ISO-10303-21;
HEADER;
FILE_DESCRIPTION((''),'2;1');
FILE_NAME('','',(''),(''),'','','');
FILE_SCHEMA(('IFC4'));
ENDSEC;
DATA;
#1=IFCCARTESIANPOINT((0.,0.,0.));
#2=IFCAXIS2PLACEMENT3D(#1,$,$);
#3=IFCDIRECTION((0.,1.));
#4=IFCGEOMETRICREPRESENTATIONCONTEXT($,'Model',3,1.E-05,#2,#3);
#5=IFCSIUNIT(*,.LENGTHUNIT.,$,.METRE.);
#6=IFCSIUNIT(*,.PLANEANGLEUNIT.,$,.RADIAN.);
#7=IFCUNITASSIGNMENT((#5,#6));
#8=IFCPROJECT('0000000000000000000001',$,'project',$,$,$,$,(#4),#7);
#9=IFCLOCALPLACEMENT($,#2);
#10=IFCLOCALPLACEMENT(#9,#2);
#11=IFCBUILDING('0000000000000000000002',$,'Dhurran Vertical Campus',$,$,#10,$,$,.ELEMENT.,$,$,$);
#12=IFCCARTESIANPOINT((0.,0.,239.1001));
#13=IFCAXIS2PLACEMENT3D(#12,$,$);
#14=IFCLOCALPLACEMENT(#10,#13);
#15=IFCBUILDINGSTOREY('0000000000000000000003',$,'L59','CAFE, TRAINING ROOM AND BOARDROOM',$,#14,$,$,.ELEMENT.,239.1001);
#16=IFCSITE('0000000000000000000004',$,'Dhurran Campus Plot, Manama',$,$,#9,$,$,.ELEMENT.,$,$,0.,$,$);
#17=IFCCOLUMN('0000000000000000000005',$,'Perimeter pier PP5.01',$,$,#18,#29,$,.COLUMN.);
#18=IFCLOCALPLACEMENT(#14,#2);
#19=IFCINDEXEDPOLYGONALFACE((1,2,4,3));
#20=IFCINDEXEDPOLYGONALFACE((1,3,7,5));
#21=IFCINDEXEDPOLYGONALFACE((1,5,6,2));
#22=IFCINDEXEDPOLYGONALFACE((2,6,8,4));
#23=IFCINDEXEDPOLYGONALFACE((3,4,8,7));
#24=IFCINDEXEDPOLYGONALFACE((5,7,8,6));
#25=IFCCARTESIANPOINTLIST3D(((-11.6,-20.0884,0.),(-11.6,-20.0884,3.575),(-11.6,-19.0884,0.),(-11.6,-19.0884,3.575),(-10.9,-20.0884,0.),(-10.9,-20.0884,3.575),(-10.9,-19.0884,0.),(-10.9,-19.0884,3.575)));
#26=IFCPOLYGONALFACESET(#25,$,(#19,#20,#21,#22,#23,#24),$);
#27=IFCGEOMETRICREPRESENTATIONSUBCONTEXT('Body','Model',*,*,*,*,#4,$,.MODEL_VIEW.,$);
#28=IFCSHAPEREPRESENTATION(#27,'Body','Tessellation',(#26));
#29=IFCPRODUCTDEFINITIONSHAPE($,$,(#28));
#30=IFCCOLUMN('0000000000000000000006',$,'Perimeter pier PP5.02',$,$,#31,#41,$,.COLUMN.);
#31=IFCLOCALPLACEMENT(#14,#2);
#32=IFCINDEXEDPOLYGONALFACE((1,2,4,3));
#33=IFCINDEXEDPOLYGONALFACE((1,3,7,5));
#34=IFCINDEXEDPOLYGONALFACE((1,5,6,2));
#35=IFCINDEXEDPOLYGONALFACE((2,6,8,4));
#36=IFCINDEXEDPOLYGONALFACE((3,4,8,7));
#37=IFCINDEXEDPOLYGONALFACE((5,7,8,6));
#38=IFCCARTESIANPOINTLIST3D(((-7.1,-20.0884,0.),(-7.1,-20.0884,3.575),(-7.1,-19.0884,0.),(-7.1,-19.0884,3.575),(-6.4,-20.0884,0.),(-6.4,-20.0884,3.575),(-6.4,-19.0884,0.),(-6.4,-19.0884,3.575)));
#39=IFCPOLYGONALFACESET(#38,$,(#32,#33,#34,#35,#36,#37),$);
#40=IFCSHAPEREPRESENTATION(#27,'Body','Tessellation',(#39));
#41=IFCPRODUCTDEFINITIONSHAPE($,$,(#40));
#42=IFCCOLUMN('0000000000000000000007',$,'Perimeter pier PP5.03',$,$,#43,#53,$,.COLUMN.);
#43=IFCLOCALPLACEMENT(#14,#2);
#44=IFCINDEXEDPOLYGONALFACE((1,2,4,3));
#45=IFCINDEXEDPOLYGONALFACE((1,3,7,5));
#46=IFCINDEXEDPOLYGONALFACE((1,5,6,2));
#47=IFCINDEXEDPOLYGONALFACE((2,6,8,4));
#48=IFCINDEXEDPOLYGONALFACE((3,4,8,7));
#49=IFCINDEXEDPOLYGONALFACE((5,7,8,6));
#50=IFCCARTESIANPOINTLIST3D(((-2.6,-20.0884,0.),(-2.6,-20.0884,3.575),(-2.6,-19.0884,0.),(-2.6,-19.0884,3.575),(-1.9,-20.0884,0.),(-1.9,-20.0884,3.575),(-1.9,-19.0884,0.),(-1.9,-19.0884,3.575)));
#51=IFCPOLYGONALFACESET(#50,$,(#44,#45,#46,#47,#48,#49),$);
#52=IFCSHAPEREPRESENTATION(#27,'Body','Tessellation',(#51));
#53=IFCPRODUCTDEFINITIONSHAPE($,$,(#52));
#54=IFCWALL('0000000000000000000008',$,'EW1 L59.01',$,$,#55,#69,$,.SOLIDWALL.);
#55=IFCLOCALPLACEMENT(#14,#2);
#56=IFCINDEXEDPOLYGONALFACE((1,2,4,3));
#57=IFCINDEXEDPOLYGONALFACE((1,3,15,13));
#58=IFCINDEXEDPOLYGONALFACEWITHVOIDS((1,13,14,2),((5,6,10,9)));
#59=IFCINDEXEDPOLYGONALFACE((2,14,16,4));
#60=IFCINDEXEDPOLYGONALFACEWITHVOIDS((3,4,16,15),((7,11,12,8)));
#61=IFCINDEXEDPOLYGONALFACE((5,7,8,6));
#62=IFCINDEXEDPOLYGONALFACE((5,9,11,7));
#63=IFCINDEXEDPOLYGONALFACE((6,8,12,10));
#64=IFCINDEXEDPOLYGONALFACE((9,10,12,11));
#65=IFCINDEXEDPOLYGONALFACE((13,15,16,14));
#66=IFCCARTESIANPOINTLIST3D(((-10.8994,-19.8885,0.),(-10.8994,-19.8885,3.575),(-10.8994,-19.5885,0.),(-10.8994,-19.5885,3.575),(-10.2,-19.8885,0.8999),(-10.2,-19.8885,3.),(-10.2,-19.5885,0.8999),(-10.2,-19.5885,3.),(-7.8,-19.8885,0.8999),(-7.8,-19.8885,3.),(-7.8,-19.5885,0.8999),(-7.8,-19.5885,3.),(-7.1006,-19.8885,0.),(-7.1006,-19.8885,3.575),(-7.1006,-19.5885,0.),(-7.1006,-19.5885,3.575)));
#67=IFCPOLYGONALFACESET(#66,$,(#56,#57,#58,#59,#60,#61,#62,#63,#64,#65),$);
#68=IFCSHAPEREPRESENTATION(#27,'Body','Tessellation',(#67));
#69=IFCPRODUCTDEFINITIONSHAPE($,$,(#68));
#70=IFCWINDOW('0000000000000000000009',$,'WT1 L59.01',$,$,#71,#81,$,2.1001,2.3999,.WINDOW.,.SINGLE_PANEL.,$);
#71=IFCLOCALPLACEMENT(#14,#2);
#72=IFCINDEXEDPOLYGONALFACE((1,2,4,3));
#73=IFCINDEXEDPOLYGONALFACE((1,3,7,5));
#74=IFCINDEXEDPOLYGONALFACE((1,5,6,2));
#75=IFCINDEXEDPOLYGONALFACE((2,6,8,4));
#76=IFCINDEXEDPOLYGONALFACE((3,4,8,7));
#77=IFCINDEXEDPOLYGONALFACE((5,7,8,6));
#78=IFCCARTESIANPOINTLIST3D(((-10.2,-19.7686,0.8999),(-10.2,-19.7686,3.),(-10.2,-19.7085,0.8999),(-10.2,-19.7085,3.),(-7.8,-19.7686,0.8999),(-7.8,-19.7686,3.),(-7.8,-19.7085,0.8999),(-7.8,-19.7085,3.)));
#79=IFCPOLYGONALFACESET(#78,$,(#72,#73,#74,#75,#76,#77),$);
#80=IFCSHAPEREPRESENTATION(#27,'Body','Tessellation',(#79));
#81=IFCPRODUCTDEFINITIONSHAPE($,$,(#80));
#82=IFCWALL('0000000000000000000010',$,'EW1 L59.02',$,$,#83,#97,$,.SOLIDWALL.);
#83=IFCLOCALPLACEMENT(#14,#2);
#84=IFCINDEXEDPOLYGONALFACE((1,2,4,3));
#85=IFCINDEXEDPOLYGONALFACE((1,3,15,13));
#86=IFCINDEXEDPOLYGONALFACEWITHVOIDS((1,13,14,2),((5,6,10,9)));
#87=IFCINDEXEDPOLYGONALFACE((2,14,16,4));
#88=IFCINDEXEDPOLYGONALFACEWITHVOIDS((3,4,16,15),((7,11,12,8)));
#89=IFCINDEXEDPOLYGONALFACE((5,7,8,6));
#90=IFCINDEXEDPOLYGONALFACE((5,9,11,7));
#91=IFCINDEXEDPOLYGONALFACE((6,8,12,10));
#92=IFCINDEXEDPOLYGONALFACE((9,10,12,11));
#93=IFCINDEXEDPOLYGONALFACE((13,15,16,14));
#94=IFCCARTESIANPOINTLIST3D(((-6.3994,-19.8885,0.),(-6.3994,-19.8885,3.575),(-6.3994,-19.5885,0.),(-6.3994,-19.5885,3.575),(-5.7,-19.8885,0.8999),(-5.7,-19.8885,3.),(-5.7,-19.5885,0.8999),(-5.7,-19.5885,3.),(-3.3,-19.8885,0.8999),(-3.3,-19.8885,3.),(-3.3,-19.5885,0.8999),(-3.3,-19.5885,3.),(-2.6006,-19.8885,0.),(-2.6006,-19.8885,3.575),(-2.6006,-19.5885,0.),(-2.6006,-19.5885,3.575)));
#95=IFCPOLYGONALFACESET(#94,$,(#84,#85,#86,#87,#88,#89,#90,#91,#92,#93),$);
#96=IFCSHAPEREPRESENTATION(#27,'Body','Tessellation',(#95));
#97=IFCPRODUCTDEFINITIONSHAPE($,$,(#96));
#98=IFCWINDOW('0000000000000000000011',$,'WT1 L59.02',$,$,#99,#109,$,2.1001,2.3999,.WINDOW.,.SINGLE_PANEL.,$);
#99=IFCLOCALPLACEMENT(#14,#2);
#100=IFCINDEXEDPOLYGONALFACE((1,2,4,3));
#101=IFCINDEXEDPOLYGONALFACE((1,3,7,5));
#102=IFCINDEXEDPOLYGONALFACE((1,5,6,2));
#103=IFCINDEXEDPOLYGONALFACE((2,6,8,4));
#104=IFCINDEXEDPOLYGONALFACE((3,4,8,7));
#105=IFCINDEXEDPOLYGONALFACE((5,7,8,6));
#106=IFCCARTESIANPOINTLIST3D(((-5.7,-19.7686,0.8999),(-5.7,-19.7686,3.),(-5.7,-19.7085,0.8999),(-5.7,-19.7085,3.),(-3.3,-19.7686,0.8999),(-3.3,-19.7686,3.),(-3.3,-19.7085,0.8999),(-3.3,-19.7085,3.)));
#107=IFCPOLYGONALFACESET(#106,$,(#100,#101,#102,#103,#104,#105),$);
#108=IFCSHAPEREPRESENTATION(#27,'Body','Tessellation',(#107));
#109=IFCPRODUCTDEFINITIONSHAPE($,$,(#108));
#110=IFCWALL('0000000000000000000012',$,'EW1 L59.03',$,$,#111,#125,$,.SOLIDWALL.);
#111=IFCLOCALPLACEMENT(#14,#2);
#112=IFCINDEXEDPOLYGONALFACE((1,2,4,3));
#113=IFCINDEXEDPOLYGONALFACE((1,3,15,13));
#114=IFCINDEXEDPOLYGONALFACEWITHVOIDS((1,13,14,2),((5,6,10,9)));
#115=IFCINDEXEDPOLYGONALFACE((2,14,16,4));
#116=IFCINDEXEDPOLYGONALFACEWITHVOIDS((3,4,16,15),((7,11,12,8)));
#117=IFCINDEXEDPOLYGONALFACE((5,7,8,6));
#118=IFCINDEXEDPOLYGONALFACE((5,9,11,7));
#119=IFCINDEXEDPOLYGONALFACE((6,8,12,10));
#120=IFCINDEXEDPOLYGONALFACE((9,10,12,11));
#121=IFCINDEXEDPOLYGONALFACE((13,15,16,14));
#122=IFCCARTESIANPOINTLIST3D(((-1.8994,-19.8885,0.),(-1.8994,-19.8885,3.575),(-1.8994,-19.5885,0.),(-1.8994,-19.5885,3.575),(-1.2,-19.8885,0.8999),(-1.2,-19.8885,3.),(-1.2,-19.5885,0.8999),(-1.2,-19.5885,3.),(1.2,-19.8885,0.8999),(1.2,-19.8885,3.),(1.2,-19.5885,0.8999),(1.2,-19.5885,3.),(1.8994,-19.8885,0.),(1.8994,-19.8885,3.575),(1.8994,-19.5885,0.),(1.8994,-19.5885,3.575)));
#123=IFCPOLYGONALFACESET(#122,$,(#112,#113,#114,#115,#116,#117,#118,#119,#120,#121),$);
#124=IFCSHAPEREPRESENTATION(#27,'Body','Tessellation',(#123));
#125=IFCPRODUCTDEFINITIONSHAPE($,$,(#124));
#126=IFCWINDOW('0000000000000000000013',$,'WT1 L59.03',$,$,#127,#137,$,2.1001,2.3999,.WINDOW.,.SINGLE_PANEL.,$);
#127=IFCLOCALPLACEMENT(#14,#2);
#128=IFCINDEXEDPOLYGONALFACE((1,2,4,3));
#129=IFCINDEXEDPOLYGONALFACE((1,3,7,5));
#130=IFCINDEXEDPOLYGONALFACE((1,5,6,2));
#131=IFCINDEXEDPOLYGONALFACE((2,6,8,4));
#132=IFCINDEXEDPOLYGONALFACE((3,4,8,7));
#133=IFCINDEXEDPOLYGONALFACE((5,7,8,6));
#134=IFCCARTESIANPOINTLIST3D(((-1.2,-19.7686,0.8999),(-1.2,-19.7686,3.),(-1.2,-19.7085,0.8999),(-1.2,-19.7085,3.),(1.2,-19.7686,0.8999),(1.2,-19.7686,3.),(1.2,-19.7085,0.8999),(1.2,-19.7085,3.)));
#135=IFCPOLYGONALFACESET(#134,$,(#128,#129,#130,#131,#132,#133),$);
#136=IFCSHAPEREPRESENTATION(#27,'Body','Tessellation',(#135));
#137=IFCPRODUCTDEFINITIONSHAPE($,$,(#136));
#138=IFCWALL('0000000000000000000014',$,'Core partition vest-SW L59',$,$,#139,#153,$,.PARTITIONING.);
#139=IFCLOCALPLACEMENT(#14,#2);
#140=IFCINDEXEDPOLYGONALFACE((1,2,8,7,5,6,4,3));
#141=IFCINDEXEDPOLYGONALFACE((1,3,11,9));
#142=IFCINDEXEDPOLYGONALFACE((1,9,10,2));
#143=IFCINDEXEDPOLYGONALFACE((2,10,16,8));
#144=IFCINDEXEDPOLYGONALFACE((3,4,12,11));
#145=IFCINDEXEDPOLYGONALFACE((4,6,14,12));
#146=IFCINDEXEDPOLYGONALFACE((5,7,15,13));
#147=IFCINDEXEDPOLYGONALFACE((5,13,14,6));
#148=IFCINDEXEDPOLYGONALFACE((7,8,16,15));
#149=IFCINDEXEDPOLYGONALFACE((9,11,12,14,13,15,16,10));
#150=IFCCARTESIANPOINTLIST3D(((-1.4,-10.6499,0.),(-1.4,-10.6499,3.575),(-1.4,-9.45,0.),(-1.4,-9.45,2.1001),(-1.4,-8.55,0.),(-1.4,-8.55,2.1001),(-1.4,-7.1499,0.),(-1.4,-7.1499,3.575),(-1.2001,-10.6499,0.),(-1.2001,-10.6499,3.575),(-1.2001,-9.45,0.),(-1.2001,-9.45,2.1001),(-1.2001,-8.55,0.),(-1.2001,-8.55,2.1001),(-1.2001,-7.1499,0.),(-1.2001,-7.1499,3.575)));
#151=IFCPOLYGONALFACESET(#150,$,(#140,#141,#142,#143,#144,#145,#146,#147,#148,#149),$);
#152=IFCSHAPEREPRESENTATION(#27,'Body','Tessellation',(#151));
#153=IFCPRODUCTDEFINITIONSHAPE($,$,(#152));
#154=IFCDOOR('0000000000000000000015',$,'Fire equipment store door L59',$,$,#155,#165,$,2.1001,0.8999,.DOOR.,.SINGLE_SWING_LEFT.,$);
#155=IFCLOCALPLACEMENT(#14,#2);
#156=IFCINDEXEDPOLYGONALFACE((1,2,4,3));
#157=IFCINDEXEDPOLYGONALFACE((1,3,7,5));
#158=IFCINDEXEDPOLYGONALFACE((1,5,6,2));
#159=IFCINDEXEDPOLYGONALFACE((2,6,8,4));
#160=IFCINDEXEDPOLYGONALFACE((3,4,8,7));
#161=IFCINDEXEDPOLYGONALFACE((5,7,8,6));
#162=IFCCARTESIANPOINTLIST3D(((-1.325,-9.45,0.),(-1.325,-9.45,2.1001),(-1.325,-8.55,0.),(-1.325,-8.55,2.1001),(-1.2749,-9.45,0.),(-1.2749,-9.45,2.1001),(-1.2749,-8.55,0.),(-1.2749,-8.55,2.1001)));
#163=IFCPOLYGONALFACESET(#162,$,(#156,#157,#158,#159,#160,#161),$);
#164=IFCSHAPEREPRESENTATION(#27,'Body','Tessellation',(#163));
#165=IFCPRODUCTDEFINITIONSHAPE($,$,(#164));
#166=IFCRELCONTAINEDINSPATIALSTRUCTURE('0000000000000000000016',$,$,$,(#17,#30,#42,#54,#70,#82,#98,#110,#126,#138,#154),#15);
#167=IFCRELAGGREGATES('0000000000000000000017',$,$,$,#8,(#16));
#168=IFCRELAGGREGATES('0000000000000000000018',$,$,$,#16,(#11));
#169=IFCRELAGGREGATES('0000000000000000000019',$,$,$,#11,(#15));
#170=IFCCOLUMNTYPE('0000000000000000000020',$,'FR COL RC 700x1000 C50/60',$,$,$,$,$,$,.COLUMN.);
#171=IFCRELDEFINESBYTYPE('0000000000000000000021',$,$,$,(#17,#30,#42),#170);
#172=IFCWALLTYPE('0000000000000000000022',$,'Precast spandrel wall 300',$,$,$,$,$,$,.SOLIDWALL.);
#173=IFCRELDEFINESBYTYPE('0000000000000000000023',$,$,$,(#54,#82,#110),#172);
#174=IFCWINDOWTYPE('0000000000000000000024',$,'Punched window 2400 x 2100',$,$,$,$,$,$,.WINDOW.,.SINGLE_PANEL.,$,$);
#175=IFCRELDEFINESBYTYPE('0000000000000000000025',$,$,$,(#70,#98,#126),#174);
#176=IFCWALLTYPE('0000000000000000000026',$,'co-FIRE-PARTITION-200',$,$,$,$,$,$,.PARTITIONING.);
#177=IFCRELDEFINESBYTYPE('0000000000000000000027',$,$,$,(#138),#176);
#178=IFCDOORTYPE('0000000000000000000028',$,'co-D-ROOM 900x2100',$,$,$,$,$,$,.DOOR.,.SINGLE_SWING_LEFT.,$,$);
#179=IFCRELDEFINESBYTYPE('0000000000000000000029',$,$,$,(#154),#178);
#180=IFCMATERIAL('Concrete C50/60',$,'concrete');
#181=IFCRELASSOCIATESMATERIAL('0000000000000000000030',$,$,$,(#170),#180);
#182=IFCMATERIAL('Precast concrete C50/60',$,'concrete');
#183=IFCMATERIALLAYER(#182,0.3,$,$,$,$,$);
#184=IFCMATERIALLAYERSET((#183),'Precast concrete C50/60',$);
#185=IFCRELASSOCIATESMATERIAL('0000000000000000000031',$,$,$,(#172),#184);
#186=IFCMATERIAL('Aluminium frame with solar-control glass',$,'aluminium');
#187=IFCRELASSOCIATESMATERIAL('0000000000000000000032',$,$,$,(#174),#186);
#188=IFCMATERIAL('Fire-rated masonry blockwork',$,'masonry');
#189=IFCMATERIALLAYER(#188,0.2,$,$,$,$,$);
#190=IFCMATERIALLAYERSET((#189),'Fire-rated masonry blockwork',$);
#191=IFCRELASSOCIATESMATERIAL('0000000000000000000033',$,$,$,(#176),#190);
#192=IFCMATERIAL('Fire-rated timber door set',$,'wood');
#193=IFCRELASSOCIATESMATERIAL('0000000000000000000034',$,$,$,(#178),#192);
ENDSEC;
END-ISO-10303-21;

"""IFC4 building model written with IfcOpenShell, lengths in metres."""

from ifc_helpers import new_model, si_unit, direction, frame, frame_2d, origin, origin_2d, place, context, subcontext, project, spatial, rectangle, extrude, material, layer, layer_set, material_profile, profile_set, type_object, element, fill, save


model = new_model("IFC4")

# Units and contexts
model_context = context("Model", 3, precision=1e-05, world=origin(), true_north=direction((0.0, 1.0)))
body_context = subcontext(model_context, "Body", "Model", "MODEL_VIEW")
ifc_project = project(units=[si_unit("LENGTHUNIT", "METRE"), si_unit("PLANEANGLEUNIT", "RADIAN")], contexts=[model_context])

# Site, building, storey
site_placement = place(None, origin())
site = spatial("IfcSite", under=ifc_project, at=site_placement, Name="Dhurran Campus Plot, Manama", CompositionType="ELEMENT", RefElevation=0.0)
building_placement = place(site_placement, origin())
building = spatial("IfcBuilding", under=site, at=building_placement, Name="Dhurran Vertical Campus", CompositionType="ELEMENT")
storey_placement = place(building_placement, frame((0.0, 0.0, 239.1001)))
storey = spatial("IfcBuildingStorey", under=building, at=storey_placement, Name="L59", Description="CAFE, TRAINING ROOM AND BOARDROOM", CompositionType="ELEMENT", Elevation=239.1001)

# Columns
ifc_material_1 = material(Name="Concrete C50/60", Category="concrete")
ifc_material_profile = material_profile(ifc_material_1, rectangle(XDim=0.7, YDim=1.0, at=origin_2d()), Name="RC 700x1000")
ifc_profile_set = profile_set([ifc_material_profile], Name="Concrete C50/60")
column_type = type_object("IfcColumnType", Name="FR COL RC 700x1000 C50/60", PredefinedType="COLUMN", material=ifc_profile_set)
for number, where, z_axis, x_axis, name in (
    (1, (-11.25, -19.5884, 0.0), (0.0, 0.0, 1.0), (1.0, 0.0, 0.0), "Perimeter pier PP5.01"),
    (2, (-6.75, -19.5884, 0.0), (0.0, 0.0, 1.0), (1.0, 0.0, 0.0), "Perimeter pier PP5.02"),
    (3, (-2.25, -19.5884, 0.0), (0.0, 0.0, 1.0), (1.0, 0.0, 0.0), "Perimeter pier PP5.03"),
):
    element("IfcColumn", number, at=place(storey_placement, frame(where, z_axis=z_axis, x_axis=x_axis)), inside=storey, type_object=column_type, Name=name, PredefinedType="COLUMN", context=body_context, shape_type="SweptSolid", body=[
        extrude(rectangle(XDim=0.7, YDim=1.0, at=origin_2d()), origin(), (0.0, 0.0, 1.0), 3.575),
    ])

# Walls, openings, windows
ifc_material_2 = material(Name="Precast concrete C50/60", Category="concrete")
ifc_layer_1 = layer(ifc_material_2, 0.3)
ifc_layer_set_1 = layer_set([ifc_layer_1], Name="Precast concrete C50/60")
wall_type_1 = type_object("IfcWallType", Name="Precast spandrel wall 300", PredefinedType="SOLIDWALL", material=ifc_layer_set_1)
wall_1_placement = place(storey_placement, frame((-10.8994, -19.7385, 0.0), z_axis=(0.0, 0.0, 1.0), x_axis=(1.0, 0.0, 0.0)))
wall_1 = element("IfcWall", 4, at=wall_1_placement, inside=storey, type_object=wall_type_1, Name="EW1 L59.01", PredefinedType="SOLIDWALL", context=body_context, shape_type="SweptSolid", body=[
    extrude(rectangle(XDim=3.7988, YDim=0.3, at=frame_2d((1.8994, 0.0))), origin(), (0.0, 0.0, 1.0), 3.575),
])
opening_1_placement = place(wall_1_placement, frame((0.6995, 0.0, 0.8999)))
opening_1 = element("IfcOpeningElement", 5, at=opening_1_placement, cuts=wall_1, PredefinedType="OPENING", context=body_context, shape_type="SweptSolid", body=[
    extrude(rectangle(XDim=2.3999, YDim=2.1001, at=frame_2d((1.2, 1.05))), frame((0.0, 0.1599, 0.0), z_axis=(0.0, -1.0, 0.0), x_axis=(1.0, 0.0, 0.0)), (0.0, 0.0, 1.0), 0.3201),
])
ifc_material_3 = material(Name="Aluminium frame with solar-control glass", Category="aluminium")
window_type = type_object("IfcWindowType", Name="Punched window 2400 x 2100", PartitioningType="SINGLE_PANEL", PredefinedType="WINDOW", material=ifc_material_3)
window_1_placement = place(opening_1_placement, origin())
window_1 = element("IfcWindow", 6, at=window_1_placement, inside=storey, type_object=window_type, Name="WT1 L59.01", OverallHeight=2.1001, OverallWidth=2.3999, PartitioningType="SINGLE_PANEL", PredefinedType="WINDOW", context=body_context, shape_type="SweptSolid", body=[
    extrude(rectangle(XDim=2.3999, YDim=2.1001, at=frame_2d((1.2, 1.05))), frame((0.0, 0.03, 0.0), z_axis=(0.0, -1.0, 0.0), x_axis=(1.0, 0.0, 0.0)), (0.0, 0.0, 1.0), 0.0601),
])
fill(opening_1, window_1)
wall_2_placement = place(storey_placement, frame((-6.3994, -19.7385, 0.0), z_axis=(0.0, 0.0, 1.0), x_axis=(1.0, 0.0, 0.0)))
wall_2 = element("IfcWall", 7, at=wall_2_placement, inside=storey, type_object=wall_type_1, Name="EW1 L59.02", PredefinedType="SOLIDWALL", context=body_context, shape_type="SweptSolid", body=[
    extrude(rectangle(XDim=3.7988, YDim=0.3, at=frame_2d((1.8994, 0.0))), origin(), (0.0, 0.0, 1.0), 3.575),
])
opening_2_placement = place(wall_2_placement, frame((0.6995, 0.0, 0.8999)))
opening_2 = element("IfcOpeningElement", 8, at=opening_2_placement, cuts=wall_2, PredefinedType="OPENING", context=body_context, shape_type="SweptSolid", body=[
    extrude(rectangle(XDim=2.3999, YDim=2.1001, at=frame_2d((1.2, 1.05))), frame((0.0, 0.1599, 0.0), z_axis=(0.0, -1.0, 0.0), x_axis=(1.0, 0.0, 0.0)), (0.0, 0.0, 1.0), 0.3201),
])
window_2_placement = place(opening_2_placement, origin())
window_2 = element("IfcWindow", 9, at=window_2_placement, inside=storey, type_object=window_type, Name="WT1 L59.02", OverallHeight=2.1001, OverallWidth=2.3999, PartitioningType="SINGLE_PANEL", PredefinedType="WINDOW", context=body_context, shape_type="SweptSolid", body=[
    extrude(rectangle(XDim=2.3999, YDim=2.1001, at=frame_2d((1.2, 1.05))), frame((0.0, 0.03, 0.0), z_axis=(0.0, -1.0, 0.0), x_axis=(1.0, 0.0, 0.0)), (0.0, 0.0, 1.0), 0.0601),
])
fill(opening_2, window_2)
wall_3_placement = place(storey_placement, frame((-1.8994, -19.7385, 0.0), z_axis=(0.0, 0.0, 1.0), x_axis=(1.0, 0.0, 0.0)))
wall_3 = element("IfcWall", 10, at=wall_3_placement, inside=storey, type_object=wall_type_1, Name="EW1 L59.03", PredefinedType="SOLIDWALL", context=body_context, shape_type="SweptSolid", body=[
    extrude(rectangle(XDim=3.7988, YDim=0.3, at=frame_2d((1.8994, 0.0))), origin(), (0.0, 0.0, 1.0), 3.575),
])
opening_3_placement = place(wall_3_placement, frame((0.6995, 0.0, 0.8999)))
opening_3 = element("IfcOpeningElement", 11, at=opening_3_placement, cuts=wall_3, PredefinedType="OPENING", context=body_context, shape_type="SweptSolid", body=[
    extrude(rectangle(XDim=2.3999, YDim=2.1001, at=frame_2d((1.2, 1.05))), frame((0.0, 0.1599, 0.0), z_axis=(0.0, -1.0, 0.0), x_axis=(1.0, 0.0, 0.0)), (0.0, 0.0, 1.0), 0.3201),
])
window_3_placement = place(opening_3_placement, origin())
window_3 = element("IfcWindow", 12, at=window_3_placement, inside=storey, type_object=window_type, Name="WT1 L59.03", OverallHeight=2.1001, OverallWidth=2.3999, PartitioningType="SINGLE_PANEL", PredefinedType="WINDOW", context=body_context, shape_type="SweptSolid", body=[
    extrude(rectangle(XDim=2.3999, YDim=2.1001, at=frame_2d((1.2, 1.05))), frame((0.0, 0.03, 0.0), z_axis=(0.0, -1.0, 0.0), x_axis=(1.0, 0.0, 0.0)), (0.0, 0.0, 1.0), 0.0601),
])
fill(opening_3, window_3)

# Wall, opening, door
ifc_material_4 = material(Name="Fire-rated masonry blockwork", Category="masonry")
ifc_layer_2 = layer(ifc_material_4, 0.2)
ifc_layer_set_2 = layer_set([ifc_layer_2], Name="Fire-rated masonry blockwork")
wall_type_2 = type_object("IfcWallType", Name="co-FIRE-PARTITION-200", PredefinedType="PARTITIONING", material=ifc_layer_set_2)
wall_4_placement = place(storey_placement, frame((-1.3, -10.6499, 0.0), z_axis=(0.0, 0.0, 1.0), x_axis=(0.0, 1.0, 0.0)))
wall_4 = element("IfcWall", 13, at=wall_4_placement, inside=storey, type_object=wall_type_2, Name="Core partition vest-SW L59", PredefinedType="PARTITIONING", context=body_context, shape_type="SweptSolid", body=[
    extrude(rectangle(XDim=3.5, YDim=0.2, at=frame_2d((1.75, 0.0))), origin(), (0.0, 0.0, 1.0), 3.575),
])
opening_4_placement = place(wall_4_placement, frame((1.2, 0.0, 0.0)))
opening_4 = element("IfcOpeningElement", 14, at=opening_4_placement, cuts=wall_4, PredefinedType="OPENING", context=body_context, shape_type="SweptSolid", body=[
    extrude(rectangle(XDim=0.8999, YDim=2.1001, at=frame_2d((0.45, 1.05))), frame((0.0, 0.1099, 0.0), z_axis=(0.0, -1.0, 0.0), x_axis=(1.0, 0.0, 0.0)), (0.0, 0.0, 1.0), 0.22),
])
ifc_material_5 = material(Name="Fire-rated timber door set", Category="wood")
door_type_1 = type_object("IfcDoorType", Name="co-D-ROOM 900x2100", OperationType="SINGLE_SWING_LEFT", PredefinedType="DOOR", material=ifc_material_5)
door_1_placement = place(opening_4_placement, origin())
door_1 = element("IfcDoor", 15, at=door_1_placement, inside=storey, type_object=door_type_1, Name="Fire equipment store door L59", OperationType="SINGLE_SWING_LEFT", OverallHeight=2.1001, OverallWidth=0.8999, PredefinedType="DOOR", context=body_context, shape_type="SweptSolid", body=[
    extrude(rectangle(XDim=0.8999, YDim=2.1001, at=frame_2d((0.45, 1.05))), frame((0.0, 0.0249, 0.0), z_axis=(0.0, -1.0, 0.0), x_axis=(1.0, 0.0, 0.0)), (0.0, 0.0, 1.0), 0.05),
])
fill(opening_4, door_1)

save(model, "model.ifc")
